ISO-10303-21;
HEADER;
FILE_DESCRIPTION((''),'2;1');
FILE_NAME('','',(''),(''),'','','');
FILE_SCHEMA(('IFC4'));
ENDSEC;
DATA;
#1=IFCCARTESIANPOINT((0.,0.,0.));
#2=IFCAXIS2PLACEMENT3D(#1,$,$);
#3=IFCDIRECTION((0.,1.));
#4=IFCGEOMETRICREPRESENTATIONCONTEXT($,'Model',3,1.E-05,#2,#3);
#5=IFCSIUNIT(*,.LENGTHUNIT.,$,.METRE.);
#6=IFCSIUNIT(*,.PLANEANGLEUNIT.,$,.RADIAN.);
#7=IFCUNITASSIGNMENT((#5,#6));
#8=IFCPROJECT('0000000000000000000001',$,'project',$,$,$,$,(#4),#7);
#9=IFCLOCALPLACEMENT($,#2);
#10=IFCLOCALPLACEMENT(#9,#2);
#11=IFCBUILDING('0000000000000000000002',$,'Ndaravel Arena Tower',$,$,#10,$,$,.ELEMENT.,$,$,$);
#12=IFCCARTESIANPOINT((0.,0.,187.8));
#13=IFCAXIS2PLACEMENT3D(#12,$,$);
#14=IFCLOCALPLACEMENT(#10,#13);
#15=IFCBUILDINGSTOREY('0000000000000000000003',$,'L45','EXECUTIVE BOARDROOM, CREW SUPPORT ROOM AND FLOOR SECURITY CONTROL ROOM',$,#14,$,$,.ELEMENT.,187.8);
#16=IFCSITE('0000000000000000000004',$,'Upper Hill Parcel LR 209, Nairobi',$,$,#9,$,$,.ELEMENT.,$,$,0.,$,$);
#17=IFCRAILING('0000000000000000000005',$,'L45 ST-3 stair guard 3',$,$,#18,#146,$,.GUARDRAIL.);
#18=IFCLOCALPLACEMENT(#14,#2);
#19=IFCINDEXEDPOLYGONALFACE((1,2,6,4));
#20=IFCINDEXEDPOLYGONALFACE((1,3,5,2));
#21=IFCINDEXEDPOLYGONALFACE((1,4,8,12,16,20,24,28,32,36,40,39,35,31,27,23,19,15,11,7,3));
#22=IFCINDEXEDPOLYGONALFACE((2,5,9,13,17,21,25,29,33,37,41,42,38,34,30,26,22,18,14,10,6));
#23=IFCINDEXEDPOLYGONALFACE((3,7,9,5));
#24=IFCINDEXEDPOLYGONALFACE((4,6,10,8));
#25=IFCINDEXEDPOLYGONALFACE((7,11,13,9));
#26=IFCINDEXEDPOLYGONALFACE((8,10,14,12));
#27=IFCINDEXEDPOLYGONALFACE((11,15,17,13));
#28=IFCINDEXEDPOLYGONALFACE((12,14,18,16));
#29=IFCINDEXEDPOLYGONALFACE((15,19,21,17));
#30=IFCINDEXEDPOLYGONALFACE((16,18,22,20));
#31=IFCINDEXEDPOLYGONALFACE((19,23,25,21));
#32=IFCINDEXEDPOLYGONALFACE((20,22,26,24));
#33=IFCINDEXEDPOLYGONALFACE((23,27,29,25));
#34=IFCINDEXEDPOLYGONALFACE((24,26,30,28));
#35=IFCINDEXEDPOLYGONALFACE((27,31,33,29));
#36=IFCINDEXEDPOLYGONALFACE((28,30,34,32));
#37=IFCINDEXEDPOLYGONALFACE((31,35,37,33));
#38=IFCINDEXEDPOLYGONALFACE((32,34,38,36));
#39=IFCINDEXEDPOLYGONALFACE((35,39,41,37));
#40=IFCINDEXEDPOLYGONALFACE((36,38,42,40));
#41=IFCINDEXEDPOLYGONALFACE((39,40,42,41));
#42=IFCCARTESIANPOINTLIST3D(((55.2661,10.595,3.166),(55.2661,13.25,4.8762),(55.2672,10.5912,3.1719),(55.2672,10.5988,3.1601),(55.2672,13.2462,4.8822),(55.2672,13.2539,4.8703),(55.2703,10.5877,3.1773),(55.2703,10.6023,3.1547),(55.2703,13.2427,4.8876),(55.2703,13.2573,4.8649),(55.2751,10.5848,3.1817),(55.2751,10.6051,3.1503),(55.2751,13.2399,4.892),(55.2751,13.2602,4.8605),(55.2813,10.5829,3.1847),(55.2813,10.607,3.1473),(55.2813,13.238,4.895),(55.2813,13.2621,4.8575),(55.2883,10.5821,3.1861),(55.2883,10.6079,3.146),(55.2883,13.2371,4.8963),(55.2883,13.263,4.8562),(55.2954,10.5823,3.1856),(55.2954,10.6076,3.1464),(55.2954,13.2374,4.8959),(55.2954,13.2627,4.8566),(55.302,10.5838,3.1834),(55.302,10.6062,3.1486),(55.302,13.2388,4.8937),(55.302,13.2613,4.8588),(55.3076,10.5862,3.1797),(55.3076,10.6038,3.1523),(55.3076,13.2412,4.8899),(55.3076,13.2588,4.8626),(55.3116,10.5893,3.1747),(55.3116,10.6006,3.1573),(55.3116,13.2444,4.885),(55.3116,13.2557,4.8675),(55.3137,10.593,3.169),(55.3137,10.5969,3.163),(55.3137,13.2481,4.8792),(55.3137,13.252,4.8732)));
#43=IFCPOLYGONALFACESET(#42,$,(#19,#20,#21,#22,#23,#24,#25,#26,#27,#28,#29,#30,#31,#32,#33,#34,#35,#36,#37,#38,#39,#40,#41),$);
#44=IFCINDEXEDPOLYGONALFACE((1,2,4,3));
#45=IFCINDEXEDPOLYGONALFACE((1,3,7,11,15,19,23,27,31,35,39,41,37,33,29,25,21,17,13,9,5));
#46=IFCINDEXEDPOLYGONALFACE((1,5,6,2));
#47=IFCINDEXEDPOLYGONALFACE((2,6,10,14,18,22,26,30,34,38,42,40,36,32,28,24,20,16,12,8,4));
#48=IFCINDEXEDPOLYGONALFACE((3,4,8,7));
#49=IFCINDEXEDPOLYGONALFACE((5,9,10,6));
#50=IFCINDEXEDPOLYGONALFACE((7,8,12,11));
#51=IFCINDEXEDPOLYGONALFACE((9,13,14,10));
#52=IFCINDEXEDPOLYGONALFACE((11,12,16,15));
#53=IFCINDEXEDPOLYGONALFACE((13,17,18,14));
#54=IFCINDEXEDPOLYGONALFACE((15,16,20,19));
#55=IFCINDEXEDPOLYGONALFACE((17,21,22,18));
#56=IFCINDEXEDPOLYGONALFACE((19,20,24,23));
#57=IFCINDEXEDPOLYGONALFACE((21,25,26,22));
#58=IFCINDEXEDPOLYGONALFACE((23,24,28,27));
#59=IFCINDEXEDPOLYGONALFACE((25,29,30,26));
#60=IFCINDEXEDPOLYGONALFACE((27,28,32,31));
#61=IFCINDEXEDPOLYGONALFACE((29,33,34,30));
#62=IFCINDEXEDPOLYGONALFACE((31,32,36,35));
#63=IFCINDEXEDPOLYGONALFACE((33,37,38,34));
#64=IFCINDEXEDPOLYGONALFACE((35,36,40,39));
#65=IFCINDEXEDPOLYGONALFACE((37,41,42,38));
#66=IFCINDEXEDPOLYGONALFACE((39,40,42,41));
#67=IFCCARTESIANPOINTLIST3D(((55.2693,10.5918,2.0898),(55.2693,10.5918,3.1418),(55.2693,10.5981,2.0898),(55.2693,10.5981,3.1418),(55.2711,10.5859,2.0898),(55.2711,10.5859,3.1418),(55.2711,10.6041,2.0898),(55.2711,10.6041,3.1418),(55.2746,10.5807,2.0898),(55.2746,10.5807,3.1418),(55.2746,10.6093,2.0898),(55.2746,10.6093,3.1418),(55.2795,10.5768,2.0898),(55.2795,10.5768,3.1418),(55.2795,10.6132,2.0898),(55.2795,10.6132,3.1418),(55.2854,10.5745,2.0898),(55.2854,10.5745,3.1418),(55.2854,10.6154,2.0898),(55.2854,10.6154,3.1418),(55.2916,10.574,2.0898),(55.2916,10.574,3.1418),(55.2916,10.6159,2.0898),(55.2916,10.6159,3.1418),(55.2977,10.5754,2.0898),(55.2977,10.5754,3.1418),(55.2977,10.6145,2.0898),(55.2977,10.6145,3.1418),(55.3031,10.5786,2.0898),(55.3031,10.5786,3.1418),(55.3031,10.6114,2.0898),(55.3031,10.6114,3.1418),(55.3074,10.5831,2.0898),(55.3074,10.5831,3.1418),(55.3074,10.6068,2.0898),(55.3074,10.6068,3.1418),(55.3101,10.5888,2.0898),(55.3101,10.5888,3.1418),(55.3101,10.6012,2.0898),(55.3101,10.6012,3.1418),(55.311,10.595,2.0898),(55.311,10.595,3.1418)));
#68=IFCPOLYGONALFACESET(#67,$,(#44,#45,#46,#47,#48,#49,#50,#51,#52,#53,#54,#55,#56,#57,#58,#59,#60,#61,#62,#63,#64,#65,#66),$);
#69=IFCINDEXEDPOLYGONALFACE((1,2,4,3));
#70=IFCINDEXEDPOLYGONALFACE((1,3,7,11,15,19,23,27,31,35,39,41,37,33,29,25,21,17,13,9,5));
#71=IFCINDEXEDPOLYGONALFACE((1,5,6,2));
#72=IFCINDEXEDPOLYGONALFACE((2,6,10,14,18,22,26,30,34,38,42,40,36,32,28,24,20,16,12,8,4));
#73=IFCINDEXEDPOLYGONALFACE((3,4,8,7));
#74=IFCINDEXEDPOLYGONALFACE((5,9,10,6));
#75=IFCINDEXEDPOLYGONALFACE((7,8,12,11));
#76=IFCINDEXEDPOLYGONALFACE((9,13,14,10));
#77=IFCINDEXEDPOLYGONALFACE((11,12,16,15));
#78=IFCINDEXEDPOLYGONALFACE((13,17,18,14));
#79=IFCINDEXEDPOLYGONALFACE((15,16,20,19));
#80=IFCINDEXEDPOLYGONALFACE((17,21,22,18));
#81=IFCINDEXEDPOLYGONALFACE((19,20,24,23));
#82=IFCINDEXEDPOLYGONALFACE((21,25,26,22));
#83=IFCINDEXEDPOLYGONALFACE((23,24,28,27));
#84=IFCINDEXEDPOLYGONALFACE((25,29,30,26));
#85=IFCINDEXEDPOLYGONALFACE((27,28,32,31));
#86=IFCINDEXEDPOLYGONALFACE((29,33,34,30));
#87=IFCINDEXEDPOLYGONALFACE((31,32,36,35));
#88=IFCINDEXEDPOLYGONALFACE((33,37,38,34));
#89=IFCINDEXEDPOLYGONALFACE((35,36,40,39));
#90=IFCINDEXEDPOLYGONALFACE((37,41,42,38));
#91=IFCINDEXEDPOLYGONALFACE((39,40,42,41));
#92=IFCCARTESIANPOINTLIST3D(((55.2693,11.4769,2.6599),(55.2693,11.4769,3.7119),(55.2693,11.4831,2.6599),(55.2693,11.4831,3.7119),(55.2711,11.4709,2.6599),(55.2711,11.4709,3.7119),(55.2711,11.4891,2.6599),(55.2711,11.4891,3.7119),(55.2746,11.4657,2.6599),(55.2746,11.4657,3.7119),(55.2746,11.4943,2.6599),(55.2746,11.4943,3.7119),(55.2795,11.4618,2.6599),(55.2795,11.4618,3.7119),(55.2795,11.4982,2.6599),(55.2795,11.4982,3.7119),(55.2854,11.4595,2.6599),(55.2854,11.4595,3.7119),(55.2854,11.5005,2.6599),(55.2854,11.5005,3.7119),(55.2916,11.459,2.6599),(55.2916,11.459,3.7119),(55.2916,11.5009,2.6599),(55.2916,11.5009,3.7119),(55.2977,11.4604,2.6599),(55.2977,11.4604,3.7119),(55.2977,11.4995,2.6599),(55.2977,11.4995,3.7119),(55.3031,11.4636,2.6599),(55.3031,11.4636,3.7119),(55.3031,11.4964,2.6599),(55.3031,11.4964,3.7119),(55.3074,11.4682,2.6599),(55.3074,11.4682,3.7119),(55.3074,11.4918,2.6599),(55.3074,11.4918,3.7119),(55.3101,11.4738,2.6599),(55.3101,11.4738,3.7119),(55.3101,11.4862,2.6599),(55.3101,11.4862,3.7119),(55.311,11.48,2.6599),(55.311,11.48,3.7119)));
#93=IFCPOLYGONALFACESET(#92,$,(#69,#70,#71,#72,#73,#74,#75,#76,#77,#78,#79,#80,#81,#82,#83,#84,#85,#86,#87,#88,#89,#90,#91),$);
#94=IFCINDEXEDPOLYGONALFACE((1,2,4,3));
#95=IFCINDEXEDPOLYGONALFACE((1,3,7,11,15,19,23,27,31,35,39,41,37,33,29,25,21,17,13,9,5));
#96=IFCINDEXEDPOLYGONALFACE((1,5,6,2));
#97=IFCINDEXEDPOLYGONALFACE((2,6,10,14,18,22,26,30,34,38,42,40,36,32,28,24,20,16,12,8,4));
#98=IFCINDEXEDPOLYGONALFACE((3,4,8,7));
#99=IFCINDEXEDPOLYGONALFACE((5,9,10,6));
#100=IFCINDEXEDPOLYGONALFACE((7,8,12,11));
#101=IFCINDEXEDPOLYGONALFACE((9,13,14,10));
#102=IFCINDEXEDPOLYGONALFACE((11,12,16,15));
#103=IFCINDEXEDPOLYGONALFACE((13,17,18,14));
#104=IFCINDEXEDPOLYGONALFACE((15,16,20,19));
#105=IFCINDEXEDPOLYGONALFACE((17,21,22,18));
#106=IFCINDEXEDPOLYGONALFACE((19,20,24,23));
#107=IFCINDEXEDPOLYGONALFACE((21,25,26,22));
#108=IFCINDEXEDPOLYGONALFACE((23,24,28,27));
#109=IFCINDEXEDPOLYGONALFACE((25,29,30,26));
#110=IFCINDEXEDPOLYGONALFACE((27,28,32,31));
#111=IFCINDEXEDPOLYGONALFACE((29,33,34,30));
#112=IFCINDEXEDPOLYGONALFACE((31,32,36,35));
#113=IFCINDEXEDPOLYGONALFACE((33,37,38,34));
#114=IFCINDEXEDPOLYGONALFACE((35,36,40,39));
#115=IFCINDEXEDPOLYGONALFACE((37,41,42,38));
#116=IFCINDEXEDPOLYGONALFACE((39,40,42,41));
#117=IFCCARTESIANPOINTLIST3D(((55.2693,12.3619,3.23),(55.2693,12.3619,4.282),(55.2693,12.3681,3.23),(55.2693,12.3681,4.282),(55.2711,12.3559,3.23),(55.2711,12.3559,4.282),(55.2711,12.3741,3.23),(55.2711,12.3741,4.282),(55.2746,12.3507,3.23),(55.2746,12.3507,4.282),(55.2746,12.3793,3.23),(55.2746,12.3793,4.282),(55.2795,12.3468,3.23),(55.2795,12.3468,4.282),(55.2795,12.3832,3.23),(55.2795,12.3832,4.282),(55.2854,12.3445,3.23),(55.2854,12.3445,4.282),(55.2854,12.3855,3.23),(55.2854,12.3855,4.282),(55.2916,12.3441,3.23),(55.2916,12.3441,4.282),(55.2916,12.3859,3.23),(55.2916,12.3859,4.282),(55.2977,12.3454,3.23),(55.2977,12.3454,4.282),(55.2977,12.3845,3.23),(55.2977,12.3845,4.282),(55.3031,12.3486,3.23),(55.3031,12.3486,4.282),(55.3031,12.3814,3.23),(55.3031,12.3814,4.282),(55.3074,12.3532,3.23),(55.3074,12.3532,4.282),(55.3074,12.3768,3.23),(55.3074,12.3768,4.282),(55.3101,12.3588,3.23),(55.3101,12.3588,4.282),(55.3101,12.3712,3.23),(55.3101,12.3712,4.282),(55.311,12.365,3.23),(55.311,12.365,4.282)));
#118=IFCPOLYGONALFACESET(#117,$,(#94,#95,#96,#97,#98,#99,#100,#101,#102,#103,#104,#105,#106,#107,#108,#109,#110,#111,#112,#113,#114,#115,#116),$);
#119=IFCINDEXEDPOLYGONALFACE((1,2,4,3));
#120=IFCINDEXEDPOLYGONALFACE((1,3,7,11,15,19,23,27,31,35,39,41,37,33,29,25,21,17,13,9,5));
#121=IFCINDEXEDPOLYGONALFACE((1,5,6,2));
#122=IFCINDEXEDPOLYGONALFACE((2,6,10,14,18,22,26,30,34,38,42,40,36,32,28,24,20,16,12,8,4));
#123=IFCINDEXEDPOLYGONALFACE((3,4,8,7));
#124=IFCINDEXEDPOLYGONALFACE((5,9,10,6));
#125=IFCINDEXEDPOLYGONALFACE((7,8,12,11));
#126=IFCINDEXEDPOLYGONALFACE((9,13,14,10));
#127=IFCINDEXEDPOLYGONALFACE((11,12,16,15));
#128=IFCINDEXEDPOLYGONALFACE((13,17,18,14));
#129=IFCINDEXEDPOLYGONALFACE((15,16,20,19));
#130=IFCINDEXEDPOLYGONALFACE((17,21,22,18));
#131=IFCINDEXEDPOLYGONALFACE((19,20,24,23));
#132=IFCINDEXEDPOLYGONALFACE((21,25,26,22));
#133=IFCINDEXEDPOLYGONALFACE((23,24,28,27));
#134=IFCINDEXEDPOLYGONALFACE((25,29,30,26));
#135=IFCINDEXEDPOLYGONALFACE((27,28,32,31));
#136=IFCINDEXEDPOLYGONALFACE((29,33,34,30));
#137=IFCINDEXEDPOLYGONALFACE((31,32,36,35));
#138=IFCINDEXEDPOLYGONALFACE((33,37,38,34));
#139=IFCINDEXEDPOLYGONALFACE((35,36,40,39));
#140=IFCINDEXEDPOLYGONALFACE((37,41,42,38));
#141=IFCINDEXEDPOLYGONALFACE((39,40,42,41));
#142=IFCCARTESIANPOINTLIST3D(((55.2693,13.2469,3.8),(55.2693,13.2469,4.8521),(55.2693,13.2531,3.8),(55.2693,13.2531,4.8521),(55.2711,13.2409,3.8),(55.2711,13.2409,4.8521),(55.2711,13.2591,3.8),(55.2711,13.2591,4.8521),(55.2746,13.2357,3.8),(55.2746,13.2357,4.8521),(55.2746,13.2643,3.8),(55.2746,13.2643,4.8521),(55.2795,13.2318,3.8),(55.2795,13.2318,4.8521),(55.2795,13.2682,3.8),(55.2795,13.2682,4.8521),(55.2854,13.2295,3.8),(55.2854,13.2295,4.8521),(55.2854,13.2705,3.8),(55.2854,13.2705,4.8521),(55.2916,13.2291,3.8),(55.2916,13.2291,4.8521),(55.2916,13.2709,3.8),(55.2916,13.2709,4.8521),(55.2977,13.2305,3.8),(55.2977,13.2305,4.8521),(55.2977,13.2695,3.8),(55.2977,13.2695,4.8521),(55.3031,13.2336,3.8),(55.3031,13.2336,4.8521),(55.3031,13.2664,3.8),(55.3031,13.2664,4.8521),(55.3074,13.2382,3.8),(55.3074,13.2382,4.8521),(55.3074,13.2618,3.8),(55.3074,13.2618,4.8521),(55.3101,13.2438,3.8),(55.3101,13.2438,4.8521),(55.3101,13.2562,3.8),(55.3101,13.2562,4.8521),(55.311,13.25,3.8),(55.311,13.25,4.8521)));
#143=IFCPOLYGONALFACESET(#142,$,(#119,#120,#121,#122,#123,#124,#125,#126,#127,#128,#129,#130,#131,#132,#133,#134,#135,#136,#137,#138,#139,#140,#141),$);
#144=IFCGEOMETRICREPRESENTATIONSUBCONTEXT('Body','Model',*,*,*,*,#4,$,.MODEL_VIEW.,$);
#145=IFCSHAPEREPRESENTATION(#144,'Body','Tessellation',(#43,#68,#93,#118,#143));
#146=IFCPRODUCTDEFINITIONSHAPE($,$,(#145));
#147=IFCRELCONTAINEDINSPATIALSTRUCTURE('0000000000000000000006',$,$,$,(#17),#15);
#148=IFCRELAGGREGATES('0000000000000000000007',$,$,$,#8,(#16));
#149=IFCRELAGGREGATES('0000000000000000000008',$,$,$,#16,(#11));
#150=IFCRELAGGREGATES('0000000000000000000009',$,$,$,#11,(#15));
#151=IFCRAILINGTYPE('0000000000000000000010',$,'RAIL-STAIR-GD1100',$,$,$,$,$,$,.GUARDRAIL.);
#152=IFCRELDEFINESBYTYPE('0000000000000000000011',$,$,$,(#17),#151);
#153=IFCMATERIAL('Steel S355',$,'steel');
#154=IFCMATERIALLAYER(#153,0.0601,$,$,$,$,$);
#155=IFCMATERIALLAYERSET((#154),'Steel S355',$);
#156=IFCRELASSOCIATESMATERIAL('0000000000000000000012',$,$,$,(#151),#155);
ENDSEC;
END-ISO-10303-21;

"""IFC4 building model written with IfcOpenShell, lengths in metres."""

from ifc_helpers import new_model, si_unit, direction, frame, origin, origin_2d, place, context, subcontext, project, spatial, circle, extrude, material, layer, layer_set, type_object, element, save


model = new_model("IFC4")

# Units and contexts
model_context = context("Model", 3, precision=1e-05, world=origin(), true_north=direction((0.0, 1.0)))
body_context = subcontext(model_context, "Body", "Model", "MODEL_VIEW")
ifc_project = project(units=[si_unit("LENGTHUNIT", "METRE"), si_unit("PLANEANGLEUNIT", "RADIAN")], contexts=[model_context])

# Site, building, storey
site_placement = place(None, origin())
site = spatial("IfcSite", under=ifc_project, at=site_placement, Name="Upper Hill Parcel LR 209, Nairobi", CompositionType="ELEMENT", RefElevation=0.0)
building_placement = place(site_placement, origin())
building = spatial("IfcBuilding", under=site, at=building_placement, Name="Ndaravel Arena Tower", CompositionType="ELEMENT")
storey_placement = place(building_placement, frame((0.0, 0.0, 187.8)))
storey = spatial("IfcBuildingStorey", under=building, at=storey_placement, Name="L45", Description="EXECUTIVE BOARDROOM, CREW SUPPORT ROOM AND FLOOR SECURITY CONTROL ROOM", CompositionType="ELEMENT", Elevation=187.8)

# Railing
ifc_material_1 = material(Name="Steel S355", Category="steel")
ifc_layer_1 = layer(ifc_material_1, 0.0601)
ifc_layer_set_1 = layer_set([ifc_layer_1], Name="Steel S355")
railing_type_1 = type_object("IfcRailingType", Name="RAIL-STAIR-GD1100", PredefinedType="GUARDRAIL", material=ifc_layer_set_1)
railing_1_placement = place(storey_placement, frame((55.29, 10.595, 2.0898)))
element("IfcRailing", 1, at=railing_1_placement, inside=storey, type_object=railing_type_1, Name="L45 ST-3 stair guard 3", PredefinedType="GUARDRAIL", context=body_context, shape_type="SweptSolid", body=[
    extrude(circle(Radius=0.0239, at=origin_2d()), frame((0.0, 0.0, 1.0762), z_axis=(0.0, 0.840688, 0.541519), x_axis=(-1.0, 0.0, 0.0)), (0.0, 0.0, 1.0), 3.1582),
    extrude(circle(Radius=0.021, at=origin_2d()), origin(), (0.0, 0.0, 1.0), 1.052),
    extrude(circle(Radius=0.021, at=origin_2d()), frame((0.0, 0.885, 0.5701)), (0.0, 0.0, 1.0), 1.052),
    extrude(circle(Radius=0.021, at=origin_2d()), frame((0.0, 1.77, 1.1401)), (0.0, 0.0, 1.0), 1.052),
    extrude(circle(Radius=0.021, at=origin_2d()), frame((0.0, 2.655, 1.7102)), (0.0, 0.0, 1.0), 1.052),
])

save(model, "model.ifc")
